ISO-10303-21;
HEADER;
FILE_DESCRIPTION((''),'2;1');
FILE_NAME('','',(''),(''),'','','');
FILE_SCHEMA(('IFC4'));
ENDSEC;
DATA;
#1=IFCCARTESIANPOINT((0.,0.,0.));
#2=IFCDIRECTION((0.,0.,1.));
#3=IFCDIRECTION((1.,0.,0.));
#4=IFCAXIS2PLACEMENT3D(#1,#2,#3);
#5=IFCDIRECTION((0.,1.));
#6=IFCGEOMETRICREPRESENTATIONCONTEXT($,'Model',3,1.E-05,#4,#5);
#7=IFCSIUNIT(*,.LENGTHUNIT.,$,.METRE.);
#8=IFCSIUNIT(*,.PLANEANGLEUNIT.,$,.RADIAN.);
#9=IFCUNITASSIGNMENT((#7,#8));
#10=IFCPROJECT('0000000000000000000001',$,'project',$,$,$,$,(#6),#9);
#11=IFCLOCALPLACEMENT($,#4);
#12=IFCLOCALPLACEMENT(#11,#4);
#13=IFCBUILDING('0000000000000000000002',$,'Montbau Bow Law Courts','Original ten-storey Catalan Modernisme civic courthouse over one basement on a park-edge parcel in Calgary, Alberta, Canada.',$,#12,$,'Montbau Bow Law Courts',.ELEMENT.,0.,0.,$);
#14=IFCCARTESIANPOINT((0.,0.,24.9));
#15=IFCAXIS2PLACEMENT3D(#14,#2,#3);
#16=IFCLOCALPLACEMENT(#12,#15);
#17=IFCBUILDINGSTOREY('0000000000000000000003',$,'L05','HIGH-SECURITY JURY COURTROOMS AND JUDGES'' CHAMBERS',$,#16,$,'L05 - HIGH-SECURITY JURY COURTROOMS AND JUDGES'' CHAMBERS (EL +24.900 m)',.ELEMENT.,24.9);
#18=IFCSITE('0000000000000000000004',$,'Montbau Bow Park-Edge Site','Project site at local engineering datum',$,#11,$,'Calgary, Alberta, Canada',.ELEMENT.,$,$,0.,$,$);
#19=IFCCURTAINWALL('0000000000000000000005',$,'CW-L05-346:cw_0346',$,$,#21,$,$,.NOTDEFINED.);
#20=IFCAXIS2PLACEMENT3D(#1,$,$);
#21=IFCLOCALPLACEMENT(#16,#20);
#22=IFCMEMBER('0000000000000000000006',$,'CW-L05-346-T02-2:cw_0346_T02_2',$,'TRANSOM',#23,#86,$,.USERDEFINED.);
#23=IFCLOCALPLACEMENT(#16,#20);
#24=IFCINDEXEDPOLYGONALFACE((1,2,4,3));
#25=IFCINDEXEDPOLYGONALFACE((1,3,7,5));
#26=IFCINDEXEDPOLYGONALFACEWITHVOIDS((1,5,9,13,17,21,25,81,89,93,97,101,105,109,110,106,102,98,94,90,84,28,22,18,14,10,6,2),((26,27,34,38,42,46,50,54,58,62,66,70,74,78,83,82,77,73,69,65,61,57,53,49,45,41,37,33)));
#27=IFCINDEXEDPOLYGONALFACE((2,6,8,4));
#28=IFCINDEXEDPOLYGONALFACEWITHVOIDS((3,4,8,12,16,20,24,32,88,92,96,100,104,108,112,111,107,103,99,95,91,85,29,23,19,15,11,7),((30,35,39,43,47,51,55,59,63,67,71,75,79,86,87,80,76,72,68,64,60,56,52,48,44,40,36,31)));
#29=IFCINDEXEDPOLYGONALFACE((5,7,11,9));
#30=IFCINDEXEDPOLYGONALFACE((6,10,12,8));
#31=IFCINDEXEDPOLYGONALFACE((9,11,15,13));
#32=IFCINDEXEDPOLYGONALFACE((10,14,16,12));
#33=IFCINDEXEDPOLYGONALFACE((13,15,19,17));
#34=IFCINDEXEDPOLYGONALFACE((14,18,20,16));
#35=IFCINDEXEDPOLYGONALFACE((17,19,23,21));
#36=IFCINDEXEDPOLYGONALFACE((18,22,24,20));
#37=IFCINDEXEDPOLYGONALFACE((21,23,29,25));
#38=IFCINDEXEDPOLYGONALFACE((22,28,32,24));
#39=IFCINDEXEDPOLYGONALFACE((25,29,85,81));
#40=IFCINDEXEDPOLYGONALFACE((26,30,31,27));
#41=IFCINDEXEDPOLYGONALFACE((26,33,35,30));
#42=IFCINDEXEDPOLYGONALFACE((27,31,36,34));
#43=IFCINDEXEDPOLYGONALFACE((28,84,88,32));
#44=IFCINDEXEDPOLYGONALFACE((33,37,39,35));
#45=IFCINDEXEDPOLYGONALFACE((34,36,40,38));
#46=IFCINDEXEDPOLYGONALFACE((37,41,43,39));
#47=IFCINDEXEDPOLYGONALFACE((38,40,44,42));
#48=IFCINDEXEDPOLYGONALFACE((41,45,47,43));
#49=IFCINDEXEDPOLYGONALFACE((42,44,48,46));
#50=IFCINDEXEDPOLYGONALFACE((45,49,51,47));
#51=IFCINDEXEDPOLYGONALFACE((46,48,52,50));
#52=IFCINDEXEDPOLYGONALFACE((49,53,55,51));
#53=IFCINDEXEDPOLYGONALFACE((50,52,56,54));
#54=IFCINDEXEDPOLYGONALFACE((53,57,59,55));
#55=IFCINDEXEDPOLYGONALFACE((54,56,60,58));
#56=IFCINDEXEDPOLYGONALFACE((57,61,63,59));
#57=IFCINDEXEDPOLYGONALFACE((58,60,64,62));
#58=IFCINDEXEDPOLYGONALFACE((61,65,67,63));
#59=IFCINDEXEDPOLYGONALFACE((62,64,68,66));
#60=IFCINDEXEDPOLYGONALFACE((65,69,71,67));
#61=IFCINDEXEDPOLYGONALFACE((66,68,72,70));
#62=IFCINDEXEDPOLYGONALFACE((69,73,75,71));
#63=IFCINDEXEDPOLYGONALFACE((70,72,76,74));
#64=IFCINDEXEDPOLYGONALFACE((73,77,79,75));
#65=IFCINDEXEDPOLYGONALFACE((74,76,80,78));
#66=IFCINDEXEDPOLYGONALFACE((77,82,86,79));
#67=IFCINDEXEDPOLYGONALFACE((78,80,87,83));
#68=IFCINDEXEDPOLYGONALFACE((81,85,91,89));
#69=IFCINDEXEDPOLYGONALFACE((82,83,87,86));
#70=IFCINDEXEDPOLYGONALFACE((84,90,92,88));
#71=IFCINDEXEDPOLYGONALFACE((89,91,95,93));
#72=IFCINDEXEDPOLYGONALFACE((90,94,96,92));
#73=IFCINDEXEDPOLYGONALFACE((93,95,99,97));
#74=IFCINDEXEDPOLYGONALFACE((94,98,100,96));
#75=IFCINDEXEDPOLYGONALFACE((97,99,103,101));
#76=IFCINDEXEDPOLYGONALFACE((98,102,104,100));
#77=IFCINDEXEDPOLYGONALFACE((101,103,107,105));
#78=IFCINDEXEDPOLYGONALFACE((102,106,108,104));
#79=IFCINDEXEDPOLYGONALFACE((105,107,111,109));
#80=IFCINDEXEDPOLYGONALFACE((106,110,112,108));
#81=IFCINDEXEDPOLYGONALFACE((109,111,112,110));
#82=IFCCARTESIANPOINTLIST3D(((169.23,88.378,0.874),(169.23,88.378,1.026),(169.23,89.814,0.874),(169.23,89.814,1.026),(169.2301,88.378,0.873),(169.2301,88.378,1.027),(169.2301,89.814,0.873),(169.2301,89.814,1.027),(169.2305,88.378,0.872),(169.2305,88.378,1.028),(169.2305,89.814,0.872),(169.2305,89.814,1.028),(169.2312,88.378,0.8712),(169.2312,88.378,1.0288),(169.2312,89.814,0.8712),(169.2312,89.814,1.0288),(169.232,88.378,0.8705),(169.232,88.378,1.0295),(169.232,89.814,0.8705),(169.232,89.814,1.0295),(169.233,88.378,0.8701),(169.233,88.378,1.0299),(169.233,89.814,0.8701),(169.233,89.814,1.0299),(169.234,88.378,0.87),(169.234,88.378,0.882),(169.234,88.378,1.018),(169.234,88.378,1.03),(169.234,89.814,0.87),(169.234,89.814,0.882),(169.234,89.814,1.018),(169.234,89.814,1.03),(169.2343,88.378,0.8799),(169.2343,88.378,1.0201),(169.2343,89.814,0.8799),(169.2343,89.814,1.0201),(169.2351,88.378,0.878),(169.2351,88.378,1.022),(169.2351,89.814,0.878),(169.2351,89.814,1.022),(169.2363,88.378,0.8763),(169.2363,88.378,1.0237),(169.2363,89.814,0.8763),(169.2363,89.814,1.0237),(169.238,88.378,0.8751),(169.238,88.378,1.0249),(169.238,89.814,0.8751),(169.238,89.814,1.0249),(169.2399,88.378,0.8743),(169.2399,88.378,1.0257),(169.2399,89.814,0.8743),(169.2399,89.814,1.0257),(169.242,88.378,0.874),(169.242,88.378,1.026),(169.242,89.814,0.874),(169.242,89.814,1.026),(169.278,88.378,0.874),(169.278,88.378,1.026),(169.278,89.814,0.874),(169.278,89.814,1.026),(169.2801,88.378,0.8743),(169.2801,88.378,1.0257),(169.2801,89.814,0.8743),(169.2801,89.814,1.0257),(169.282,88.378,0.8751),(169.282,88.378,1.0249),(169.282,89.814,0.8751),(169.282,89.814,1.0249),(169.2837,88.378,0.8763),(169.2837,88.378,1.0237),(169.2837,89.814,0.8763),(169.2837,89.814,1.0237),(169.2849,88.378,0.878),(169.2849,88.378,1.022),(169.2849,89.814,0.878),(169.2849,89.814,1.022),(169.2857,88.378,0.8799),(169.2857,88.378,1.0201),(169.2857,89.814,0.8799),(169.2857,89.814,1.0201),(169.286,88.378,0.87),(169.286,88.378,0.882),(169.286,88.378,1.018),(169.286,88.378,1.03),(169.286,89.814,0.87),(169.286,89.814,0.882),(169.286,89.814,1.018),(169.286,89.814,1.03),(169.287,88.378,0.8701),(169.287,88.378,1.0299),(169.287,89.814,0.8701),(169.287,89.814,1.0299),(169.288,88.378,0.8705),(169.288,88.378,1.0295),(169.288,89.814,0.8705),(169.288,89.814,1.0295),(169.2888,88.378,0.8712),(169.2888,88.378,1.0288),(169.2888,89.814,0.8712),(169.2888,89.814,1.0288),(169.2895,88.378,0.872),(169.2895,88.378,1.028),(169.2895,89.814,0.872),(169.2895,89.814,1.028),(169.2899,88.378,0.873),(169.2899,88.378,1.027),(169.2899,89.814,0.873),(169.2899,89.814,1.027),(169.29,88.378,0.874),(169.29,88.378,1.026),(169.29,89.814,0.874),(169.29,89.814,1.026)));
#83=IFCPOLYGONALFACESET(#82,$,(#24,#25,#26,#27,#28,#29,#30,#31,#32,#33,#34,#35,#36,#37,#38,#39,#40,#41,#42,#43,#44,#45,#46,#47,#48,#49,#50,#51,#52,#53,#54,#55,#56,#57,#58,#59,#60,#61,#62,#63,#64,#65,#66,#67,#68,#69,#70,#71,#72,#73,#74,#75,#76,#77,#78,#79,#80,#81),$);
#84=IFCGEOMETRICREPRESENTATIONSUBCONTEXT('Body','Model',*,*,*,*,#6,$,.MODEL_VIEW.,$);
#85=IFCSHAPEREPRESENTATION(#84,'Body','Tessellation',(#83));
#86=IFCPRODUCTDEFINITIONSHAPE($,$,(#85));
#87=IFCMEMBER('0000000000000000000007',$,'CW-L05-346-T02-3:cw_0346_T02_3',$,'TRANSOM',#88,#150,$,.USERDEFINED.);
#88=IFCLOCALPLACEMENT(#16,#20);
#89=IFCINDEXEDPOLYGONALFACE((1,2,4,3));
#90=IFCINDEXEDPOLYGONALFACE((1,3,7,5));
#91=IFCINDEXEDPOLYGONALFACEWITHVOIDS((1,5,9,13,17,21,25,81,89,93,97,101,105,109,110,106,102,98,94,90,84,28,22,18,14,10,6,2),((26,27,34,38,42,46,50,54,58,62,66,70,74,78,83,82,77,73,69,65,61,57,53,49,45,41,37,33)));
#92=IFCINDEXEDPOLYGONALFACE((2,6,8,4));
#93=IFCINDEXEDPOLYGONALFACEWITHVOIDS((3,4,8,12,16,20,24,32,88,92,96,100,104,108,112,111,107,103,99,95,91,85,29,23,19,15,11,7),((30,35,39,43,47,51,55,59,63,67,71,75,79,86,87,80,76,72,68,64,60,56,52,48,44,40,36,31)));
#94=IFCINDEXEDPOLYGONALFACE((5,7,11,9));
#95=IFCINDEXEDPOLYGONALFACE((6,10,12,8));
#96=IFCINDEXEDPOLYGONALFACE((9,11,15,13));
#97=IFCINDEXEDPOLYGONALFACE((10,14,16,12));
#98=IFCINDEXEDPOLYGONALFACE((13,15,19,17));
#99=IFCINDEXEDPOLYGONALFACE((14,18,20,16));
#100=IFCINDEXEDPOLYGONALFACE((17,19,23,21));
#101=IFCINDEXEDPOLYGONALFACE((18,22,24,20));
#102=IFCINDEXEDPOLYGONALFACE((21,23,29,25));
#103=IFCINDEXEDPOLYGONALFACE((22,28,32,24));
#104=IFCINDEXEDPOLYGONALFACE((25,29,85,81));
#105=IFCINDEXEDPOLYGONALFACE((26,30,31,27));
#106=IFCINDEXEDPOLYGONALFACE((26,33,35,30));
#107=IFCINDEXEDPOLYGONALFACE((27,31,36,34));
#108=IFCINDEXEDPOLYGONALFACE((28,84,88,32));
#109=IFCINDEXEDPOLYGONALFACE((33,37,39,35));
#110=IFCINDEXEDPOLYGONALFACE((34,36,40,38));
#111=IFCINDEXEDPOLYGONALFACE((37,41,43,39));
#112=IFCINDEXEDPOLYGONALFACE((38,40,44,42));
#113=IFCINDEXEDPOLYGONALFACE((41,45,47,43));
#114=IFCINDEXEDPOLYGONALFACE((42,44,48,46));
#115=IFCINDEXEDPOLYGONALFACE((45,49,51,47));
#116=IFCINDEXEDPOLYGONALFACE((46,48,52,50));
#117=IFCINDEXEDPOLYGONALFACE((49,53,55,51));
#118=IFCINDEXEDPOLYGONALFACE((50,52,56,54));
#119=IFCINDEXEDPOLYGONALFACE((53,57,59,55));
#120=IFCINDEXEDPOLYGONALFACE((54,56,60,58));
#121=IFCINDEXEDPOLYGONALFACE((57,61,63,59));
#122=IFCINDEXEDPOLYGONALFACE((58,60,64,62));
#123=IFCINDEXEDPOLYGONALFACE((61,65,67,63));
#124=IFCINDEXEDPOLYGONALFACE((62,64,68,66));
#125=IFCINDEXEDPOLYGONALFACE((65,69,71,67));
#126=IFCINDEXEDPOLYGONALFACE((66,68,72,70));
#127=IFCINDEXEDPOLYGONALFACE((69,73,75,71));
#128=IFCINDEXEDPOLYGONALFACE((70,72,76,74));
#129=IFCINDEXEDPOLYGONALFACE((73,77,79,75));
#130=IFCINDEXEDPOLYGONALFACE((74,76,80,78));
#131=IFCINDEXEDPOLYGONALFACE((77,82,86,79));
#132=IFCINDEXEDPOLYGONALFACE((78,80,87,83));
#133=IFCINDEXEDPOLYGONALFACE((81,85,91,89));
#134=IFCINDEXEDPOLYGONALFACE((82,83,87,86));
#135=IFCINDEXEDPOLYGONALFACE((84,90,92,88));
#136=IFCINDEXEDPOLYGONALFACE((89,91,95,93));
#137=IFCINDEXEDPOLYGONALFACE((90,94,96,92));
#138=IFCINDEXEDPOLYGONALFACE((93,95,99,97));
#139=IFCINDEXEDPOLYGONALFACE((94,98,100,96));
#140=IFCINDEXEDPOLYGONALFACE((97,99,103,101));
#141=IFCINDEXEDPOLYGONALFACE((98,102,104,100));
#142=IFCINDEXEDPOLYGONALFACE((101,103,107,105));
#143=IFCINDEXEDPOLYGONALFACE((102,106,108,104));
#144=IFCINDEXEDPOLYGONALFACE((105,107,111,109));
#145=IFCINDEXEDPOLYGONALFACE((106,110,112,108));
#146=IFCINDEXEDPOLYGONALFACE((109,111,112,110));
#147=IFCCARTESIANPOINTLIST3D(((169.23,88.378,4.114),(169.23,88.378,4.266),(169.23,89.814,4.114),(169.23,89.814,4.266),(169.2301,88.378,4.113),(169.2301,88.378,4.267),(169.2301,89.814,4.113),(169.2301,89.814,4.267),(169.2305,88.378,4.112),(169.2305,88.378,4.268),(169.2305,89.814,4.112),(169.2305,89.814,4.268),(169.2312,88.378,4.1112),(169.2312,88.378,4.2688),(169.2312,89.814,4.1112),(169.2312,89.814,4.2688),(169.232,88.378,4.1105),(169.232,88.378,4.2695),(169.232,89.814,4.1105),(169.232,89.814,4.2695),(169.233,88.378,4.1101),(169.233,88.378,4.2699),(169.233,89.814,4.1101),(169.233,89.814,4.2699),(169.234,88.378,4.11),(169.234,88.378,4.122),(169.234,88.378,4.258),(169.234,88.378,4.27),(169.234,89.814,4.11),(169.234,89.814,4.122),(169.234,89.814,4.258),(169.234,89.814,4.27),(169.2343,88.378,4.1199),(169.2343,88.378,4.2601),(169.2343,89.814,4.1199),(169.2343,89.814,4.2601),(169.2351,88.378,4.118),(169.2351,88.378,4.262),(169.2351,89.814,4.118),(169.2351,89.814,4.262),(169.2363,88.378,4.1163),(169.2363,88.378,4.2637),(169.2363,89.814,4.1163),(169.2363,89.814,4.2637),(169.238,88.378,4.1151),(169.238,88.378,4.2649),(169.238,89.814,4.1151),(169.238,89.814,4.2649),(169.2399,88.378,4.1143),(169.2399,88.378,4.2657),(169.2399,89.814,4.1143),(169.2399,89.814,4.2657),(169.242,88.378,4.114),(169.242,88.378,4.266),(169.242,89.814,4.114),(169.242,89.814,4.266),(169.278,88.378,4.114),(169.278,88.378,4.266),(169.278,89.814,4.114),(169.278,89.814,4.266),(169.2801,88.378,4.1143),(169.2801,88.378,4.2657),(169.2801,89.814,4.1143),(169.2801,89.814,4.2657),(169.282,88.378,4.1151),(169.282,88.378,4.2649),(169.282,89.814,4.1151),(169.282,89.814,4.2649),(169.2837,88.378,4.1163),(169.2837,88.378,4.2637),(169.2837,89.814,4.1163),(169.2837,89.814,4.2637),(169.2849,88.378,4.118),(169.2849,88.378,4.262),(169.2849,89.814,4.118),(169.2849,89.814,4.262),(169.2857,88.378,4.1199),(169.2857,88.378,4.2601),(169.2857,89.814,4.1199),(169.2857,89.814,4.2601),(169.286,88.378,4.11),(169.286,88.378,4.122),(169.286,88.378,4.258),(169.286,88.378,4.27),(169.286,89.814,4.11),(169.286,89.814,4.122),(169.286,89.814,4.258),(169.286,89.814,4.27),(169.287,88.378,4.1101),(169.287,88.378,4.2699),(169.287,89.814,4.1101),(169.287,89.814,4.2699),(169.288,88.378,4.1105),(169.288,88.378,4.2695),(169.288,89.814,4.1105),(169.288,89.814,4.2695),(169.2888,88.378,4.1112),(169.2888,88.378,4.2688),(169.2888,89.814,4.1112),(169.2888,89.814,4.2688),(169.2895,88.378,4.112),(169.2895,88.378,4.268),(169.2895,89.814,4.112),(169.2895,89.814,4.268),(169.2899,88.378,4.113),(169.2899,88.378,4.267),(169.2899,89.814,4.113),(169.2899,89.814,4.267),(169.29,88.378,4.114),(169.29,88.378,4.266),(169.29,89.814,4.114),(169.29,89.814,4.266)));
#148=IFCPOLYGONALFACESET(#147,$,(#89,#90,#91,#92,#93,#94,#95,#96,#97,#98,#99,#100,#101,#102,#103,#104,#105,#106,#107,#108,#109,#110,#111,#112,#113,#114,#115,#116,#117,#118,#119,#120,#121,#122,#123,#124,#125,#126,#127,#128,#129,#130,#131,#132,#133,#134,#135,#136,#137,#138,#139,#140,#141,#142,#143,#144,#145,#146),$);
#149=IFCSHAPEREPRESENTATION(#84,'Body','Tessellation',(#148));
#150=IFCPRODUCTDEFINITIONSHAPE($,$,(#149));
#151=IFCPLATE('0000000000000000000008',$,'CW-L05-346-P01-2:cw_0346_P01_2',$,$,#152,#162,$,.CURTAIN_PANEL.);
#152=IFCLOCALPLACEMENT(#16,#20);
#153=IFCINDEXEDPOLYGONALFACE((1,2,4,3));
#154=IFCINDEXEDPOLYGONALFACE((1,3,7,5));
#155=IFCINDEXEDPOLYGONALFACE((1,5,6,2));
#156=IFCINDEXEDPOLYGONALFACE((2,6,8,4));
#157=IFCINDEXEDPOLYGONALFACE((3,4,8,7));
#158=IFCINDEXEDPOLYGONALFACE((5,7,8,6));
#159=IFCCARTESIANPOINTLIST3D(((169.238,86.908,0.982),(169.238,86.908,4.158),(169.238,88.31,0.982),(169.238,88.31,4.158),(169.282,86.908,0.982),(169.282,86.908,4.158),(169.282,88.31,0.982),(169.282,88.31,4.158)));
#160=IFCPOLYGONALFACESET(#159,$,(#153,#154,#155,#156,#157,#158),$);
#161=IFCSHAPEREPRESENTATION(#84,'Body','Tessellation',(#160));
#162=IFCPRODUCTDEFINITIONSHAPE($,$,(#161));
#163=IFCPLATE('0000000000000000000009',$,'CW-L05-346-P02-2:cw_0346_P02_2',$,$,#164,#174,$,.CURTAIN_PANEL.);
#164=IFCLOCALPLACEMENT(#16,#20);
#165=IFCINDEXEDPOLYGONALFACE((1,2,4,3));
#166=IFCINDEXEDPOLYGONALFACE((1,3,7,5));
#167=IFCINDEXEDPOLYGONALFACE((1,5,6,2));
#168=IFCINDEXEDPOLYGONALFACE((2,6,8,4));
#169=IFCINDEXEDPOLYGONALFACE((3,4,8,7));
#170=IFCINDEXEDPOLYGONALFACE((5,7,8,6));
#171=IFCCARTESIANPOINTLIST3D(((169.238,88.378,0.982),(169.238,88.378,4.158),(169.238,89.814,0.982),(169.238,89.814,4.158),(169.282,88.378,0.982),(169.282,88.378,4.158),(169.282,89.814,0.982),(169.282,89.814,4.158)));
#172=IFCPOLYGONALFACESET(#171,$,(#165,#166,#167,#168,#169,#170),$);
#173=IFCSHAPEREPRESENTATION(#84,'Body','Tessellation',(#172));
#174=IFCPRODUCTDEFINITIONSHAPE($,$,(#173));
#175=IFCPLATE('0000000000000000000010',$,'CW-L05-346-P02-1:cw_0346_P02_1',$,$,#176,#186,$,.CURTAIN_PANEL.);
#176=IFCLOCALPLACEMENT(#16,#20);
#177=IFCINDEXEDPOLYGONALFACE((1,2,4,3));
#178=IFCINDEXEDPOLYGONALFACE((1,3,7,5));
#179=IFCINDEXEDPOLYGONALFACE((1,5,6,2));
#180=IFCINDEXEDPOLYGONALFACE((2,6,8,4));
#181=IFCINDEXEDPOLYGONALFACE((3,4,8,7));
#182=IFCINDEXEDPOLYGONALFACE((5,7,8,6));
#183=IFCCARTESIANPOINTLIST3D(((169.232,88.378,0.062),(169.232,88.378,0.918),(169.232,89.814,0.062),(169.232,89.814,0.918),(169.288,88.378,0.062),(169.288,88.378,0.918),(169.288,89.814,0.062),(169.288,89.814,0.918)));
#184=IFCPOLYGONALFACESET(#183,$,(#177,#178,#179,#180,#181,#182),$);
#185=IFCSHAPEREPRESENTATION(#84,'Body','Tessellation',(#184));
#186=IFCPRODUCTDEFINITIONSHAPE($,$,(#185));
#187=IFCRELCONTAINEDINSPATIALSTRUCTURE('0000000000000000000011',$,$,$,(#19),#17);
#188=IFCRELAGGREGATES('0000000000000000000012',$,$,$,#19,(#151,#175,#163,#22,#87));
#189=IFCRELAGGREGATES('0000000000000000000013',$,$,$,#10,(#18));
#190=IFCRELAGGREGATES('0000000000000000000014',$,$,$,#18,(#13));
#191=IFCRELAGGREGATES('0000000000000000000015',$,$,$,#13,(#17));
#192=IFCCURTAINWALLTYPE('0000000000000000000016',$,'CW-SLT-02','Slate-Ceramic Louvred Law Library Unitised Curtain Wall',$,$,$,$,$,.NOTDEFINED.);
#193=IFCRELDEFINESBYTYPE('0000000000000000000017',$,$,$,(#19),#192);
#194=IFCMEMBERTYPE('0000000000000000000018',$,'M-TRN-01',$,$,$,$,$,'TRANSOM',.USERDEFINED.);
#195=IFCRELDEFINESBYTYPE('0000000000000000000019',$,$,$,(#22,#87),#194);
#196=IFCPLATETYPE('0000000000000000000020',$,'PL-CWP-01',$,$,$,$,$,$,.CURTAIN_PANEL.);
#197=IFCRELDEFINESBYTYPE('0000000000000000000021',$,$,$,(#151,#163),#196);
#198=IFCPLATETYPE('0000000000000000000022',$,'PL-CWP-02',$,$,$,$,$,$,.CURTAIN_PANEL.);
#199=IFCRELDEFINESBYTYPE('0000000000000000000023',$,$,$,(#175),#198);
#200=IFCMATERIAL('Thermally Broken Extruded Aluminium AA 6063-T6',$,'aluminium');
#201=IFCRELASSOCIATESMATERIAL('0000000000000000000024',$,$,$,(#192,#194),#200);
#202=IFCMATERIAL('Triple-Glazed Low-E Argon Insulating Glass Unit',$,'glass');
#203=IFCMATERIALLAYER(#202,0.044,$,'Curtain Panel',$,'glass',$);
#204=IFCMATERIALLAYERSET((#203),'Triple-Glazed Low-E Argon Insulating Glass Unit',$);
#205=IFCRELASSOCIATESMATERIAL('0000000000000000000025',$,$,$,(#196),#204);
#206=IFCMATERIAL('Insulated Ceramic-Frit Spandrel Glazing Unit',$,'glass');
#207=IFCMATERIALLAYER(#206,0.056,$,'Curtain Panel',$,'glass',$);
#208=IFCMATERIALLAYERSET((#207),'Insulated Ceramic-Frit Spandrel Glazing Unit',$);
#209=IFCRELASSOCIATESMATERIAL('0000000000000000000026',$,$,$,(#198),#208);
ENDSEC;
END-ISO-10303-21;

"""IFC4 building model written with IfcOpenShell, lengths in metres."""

from ifc_helpers import new_model, si_unit, direction, frame, frame_2d, origin_with_axes, origin_2d_with_axis, place, context, subcontext, project, spatial, rectangle, hollow_rectangle, extrude, material, layer, layer_set, material_profile, profile_set, type_object, element, aggregate, save


model = new_model("IFC4")

# Units and contexts
model_context = context("Model", 3, precision=1e-05, world=origin_with_axes(), true_north=direction((0.0, 1.0)))
body_context = subcontext(model_context, "Body", "Model", "MODEL_VIEW")
ifc_project = project(units=[si_unit("LENGTHUNIT", "METRE"), si_unit("PLANEANGLEUNIT", "RADIAN")], contexts=[model_context])

# Site, building, storey
site_placement = place(None, origin_with_axes())
site = spatial("IfcSite", under=ifc_project, at=site_placement, Name="Montbau Bow Park-Edge Site", Description="Project site at local engineering datum", LongName="Calgary, Alberta, Canada", CompositionType="ELEMENT", RefElevation=0.0)
building_placement = place(site_placement, origin_with_axes())
building = spatial("IfcBuilding", under=site, at=building_placement, Name="Montbau Bow Law Courts", Description="Original ten-storey Catalan Modernisme civic courthouse over one basement on a park-edge parcel in Calgary, Alberta, Canada.", LongName="Montbau Bow Law Courts", CompositionType="ELEMENT", ElevationOfRefHeight=0.0, ElevationOfTerrain=0.0)
storey_placement = place(building_placement, frame((0.0, 0.0, 24.9), z_axis=(0.0, 0.0, 1.0), x_axis=(1.0, 0.0, 0.0)))
storey = spatial("IfcBuildingStorey", under=building, at=storey_placement, Name="L05", Description="HIGH-SECURITY JURY COURTROOMS AND JUDGES' CHAMBERS", LongName="L05 - HIGH-SECURITY JURY COURTROOMS AND JUDGES' CHAMBERS (EL +24.900 m)", CompositionType="ELEMENT", Elevation=24.9)

# Curtain wall, members, plates
ifc_material_1 = material(Name="Thermally Broken Extruded Aluminium AA 6063-T6", Category="aluminium")
curtain_wall_type = type_object("IfcCurtainWallType", Name="CW-SLT-02", Description="Slate-Ceramic Louvred Law Library Unitised Curtain Wall", PredefinedType="NOTDEFINED", material=ifc_material_1)
curtain_wall_placement = place(None, frame((169.26, 86.84, 24.9), z_axis=(0.0, 0.0, 1.0), x_axis=(1.0, 0.0, 0.0)))
curtain_wall = element("IfcCurtainWall", 1, at=curtain_wall_placement, inside=storey, type_object=curtain_wall_type, Name="CW-L05-346:cw_0346", PredefinedType="NOTDEFINED")
ifc_material_profile_1 = material_profile(ifc_material_1, hollow_rectangle(XDim=0.06, YDim=0.16, WallThickness=0.004, InnerFilletRadius=0.008, OuterFilletRadius=0.004, at=origin_2d_with_axis()), Name="CWT-160X60", Category="Main", Priority=0)
ifc_profile_set_1 = profile_set([ifc_material_profile_1], Name="Thermally Broken Extruded Aluminium AA 6063-T6")
member_type_1 = type_object("IfcMemberType", Name="M-TRN-01", ElementType="TRANSOM", PredefinedType="USERDEFINED", material=ifc_profile_set_1)
member_1_placement = place(None, frame((169.26, 88.378, 25.85), z_axis=(0.0, 1.0, 0.0), x_axis=(-1.0, 0.0, 0.0)))
member_1 = element("IfcMember", 2, at=member_1_placement, type_object=member_type_1, Name="CW-L05-346-T02-2:cw_0346_T02_2", ObjectType="TRANSOM", PredefinedType="USERDEFINED", context=body_context, shape_type="SweptSolid", body=[
    extrude(hollow_rectangle(XDim=0.06, YDim=0.16, WallThickness=0.004, InnerFilletRadius=0.008, OuterFilletRadius=0.004, at=origin_2d_with_axis()), origin_with_axes(), (0.0, 0.0, 1.0), 1.436),
])
member_2_placement = place(None, frame((169.26, 88.378, 29.09), z_axis=(0.0, 1.0, 0.0), x_axis=(-1.0, 0.0, 0.0)))
member_2 = element("IfcMember", 3, at=member_2_placement, type_object=member_type_1, Name="CW-L05-346-T02-3:cw_0346_T02_3", ObjectType="TRANSOM", PredefinedType="USERDEFINED", context=body_context, shape_type="SweptSolid", body=[
    extrude(hollow_rectangle(XDim=0.06, YDim=0.16, WallThickness=0.004, InnerFilletRadius=0.008, OuterFilletRadius=0.004, at=origin_2d_with_axis()), origin_with_axes(), (0.0, 0.0, 1.0), 1.436),
])
ifc_material_2 = material(Name="Triple-Glazed Low-E Argon Insulating Glass Unit", Category="glass")
ifc_layer_1 = layer(ifc_material_2, 0.044, Name="Curtain Panel", Category="glass")
ifc_layer_set_1 = layer_set([ifc_layer_1], Name="Triple-Glazed Low-E Argon Insulating Glass Unit")
plate_type_1 = type_object("IfcPlateType", Name="PL-CWP-01", PredefinedType="CURTAIN_PANEL", material=ifc_layer_set_1)
plate_1_placement = place(None, frame((169.26, 86.908, 25.882), z_axis=(1.0, 0.0, 0.0), x_axis=(0.0, 1.0, 0.0)))
plate_1 = element("IfcPlate", 4, at=plate_1_placement, type_object=plate_type_1, Name="CW-L05-346-P01-2:cw_0346_P01_2", PredefinedType="CURTAIN_PANEL", context=body_context, shape_type="SweptSolid", body=[
    extrude(rectangle(XDim=1.402, YDim=3.176, at=frame_2d((0.701, 1.588), x_axis=(1.0, 0.0))), frame((0.0, 0.0, -0.022), z_axis=(0.0, 0.0, 1.0), x_axis=(1.0, 0.0, 0.0)), (0.0, 0.0, 1.0), 0.044),
])
plate_2_placement = place(None, frame((169.26, 88.378, 25.882), z_axis=(1.0, 0.0, 0.0), x_axis=(0.0, 1.0, 0.0)))
plate_2 = element("IfcPlate", 5, at=plate_2_placement, type_object=plate_type_1, Name="CW-L05-346-P02-2:cw_0346_P02_2", PredefinedType="CURTAIN_PANEL", context=body_context, shape_type="SweptSolid", body=[
    extrude(rectangle(XDim=1.436, YDim=3.176, at=frame_2d((0.718, 1.588), x_axis=(1.0, 0.0))), frame((0.0, 0.0, -0.022), z_axis=(0.0, 0.0, 1.0), x_axis=(1.0, 0.0, 0.0)), (0.0, 0.0, 1.0), 0.044),
])
ifc_material_3 = material(Name="Insulated Ceramic-Frit Spandrel Glazing Unit", Category="glass")
ifc_layer_2 = layer(ifc_material_3, 0.056, Name="Curtain Panel", Category="glass")
ifc_layer_set_2 = layer_set([ifc_layer_2], Name="Insulated Ceramic-Frit Spandrel Glazing Unit")
plate_type_2 = type_object("IfcPlateType", Name="PL-CWP-02", PredefinedType="CURTAIN_PANEL", material=ifc_layer_set_2)
plate_3_placement = place(None, frame((169.26, 88.378, 24.962), z_axis=(1.0, 0.0, 0.0), x_axis=(0.0, 1.0, 0.0)))
plate_3 = element("IfcPlate", 6, at=plate_3_placement, type_object=plate_type_2, Name="CW-L05-346-P02-1:cw_0346_P02_1", PredefinedType="CURTAIN_PANEL", context=body_context, shape_type="SweptSolid", body=[
    extrude(rectangle(XDim=1.436, YDim=0.856, at=frame_2d((0.718, 0.428), x_axis=(1.0, 0.0))), frame((0.0, 0.0, -0.028), z_axis=(0.0, 0.0, 1.0), x_axis=(1.0, 0.0, 0.0)), (0.0, 0.0, 1.0), 0.056),
])
aggregate(curtain_wall, [plate_1, plate_3, plate_2, member_1, member_2])

save(model, "model.ifc")
